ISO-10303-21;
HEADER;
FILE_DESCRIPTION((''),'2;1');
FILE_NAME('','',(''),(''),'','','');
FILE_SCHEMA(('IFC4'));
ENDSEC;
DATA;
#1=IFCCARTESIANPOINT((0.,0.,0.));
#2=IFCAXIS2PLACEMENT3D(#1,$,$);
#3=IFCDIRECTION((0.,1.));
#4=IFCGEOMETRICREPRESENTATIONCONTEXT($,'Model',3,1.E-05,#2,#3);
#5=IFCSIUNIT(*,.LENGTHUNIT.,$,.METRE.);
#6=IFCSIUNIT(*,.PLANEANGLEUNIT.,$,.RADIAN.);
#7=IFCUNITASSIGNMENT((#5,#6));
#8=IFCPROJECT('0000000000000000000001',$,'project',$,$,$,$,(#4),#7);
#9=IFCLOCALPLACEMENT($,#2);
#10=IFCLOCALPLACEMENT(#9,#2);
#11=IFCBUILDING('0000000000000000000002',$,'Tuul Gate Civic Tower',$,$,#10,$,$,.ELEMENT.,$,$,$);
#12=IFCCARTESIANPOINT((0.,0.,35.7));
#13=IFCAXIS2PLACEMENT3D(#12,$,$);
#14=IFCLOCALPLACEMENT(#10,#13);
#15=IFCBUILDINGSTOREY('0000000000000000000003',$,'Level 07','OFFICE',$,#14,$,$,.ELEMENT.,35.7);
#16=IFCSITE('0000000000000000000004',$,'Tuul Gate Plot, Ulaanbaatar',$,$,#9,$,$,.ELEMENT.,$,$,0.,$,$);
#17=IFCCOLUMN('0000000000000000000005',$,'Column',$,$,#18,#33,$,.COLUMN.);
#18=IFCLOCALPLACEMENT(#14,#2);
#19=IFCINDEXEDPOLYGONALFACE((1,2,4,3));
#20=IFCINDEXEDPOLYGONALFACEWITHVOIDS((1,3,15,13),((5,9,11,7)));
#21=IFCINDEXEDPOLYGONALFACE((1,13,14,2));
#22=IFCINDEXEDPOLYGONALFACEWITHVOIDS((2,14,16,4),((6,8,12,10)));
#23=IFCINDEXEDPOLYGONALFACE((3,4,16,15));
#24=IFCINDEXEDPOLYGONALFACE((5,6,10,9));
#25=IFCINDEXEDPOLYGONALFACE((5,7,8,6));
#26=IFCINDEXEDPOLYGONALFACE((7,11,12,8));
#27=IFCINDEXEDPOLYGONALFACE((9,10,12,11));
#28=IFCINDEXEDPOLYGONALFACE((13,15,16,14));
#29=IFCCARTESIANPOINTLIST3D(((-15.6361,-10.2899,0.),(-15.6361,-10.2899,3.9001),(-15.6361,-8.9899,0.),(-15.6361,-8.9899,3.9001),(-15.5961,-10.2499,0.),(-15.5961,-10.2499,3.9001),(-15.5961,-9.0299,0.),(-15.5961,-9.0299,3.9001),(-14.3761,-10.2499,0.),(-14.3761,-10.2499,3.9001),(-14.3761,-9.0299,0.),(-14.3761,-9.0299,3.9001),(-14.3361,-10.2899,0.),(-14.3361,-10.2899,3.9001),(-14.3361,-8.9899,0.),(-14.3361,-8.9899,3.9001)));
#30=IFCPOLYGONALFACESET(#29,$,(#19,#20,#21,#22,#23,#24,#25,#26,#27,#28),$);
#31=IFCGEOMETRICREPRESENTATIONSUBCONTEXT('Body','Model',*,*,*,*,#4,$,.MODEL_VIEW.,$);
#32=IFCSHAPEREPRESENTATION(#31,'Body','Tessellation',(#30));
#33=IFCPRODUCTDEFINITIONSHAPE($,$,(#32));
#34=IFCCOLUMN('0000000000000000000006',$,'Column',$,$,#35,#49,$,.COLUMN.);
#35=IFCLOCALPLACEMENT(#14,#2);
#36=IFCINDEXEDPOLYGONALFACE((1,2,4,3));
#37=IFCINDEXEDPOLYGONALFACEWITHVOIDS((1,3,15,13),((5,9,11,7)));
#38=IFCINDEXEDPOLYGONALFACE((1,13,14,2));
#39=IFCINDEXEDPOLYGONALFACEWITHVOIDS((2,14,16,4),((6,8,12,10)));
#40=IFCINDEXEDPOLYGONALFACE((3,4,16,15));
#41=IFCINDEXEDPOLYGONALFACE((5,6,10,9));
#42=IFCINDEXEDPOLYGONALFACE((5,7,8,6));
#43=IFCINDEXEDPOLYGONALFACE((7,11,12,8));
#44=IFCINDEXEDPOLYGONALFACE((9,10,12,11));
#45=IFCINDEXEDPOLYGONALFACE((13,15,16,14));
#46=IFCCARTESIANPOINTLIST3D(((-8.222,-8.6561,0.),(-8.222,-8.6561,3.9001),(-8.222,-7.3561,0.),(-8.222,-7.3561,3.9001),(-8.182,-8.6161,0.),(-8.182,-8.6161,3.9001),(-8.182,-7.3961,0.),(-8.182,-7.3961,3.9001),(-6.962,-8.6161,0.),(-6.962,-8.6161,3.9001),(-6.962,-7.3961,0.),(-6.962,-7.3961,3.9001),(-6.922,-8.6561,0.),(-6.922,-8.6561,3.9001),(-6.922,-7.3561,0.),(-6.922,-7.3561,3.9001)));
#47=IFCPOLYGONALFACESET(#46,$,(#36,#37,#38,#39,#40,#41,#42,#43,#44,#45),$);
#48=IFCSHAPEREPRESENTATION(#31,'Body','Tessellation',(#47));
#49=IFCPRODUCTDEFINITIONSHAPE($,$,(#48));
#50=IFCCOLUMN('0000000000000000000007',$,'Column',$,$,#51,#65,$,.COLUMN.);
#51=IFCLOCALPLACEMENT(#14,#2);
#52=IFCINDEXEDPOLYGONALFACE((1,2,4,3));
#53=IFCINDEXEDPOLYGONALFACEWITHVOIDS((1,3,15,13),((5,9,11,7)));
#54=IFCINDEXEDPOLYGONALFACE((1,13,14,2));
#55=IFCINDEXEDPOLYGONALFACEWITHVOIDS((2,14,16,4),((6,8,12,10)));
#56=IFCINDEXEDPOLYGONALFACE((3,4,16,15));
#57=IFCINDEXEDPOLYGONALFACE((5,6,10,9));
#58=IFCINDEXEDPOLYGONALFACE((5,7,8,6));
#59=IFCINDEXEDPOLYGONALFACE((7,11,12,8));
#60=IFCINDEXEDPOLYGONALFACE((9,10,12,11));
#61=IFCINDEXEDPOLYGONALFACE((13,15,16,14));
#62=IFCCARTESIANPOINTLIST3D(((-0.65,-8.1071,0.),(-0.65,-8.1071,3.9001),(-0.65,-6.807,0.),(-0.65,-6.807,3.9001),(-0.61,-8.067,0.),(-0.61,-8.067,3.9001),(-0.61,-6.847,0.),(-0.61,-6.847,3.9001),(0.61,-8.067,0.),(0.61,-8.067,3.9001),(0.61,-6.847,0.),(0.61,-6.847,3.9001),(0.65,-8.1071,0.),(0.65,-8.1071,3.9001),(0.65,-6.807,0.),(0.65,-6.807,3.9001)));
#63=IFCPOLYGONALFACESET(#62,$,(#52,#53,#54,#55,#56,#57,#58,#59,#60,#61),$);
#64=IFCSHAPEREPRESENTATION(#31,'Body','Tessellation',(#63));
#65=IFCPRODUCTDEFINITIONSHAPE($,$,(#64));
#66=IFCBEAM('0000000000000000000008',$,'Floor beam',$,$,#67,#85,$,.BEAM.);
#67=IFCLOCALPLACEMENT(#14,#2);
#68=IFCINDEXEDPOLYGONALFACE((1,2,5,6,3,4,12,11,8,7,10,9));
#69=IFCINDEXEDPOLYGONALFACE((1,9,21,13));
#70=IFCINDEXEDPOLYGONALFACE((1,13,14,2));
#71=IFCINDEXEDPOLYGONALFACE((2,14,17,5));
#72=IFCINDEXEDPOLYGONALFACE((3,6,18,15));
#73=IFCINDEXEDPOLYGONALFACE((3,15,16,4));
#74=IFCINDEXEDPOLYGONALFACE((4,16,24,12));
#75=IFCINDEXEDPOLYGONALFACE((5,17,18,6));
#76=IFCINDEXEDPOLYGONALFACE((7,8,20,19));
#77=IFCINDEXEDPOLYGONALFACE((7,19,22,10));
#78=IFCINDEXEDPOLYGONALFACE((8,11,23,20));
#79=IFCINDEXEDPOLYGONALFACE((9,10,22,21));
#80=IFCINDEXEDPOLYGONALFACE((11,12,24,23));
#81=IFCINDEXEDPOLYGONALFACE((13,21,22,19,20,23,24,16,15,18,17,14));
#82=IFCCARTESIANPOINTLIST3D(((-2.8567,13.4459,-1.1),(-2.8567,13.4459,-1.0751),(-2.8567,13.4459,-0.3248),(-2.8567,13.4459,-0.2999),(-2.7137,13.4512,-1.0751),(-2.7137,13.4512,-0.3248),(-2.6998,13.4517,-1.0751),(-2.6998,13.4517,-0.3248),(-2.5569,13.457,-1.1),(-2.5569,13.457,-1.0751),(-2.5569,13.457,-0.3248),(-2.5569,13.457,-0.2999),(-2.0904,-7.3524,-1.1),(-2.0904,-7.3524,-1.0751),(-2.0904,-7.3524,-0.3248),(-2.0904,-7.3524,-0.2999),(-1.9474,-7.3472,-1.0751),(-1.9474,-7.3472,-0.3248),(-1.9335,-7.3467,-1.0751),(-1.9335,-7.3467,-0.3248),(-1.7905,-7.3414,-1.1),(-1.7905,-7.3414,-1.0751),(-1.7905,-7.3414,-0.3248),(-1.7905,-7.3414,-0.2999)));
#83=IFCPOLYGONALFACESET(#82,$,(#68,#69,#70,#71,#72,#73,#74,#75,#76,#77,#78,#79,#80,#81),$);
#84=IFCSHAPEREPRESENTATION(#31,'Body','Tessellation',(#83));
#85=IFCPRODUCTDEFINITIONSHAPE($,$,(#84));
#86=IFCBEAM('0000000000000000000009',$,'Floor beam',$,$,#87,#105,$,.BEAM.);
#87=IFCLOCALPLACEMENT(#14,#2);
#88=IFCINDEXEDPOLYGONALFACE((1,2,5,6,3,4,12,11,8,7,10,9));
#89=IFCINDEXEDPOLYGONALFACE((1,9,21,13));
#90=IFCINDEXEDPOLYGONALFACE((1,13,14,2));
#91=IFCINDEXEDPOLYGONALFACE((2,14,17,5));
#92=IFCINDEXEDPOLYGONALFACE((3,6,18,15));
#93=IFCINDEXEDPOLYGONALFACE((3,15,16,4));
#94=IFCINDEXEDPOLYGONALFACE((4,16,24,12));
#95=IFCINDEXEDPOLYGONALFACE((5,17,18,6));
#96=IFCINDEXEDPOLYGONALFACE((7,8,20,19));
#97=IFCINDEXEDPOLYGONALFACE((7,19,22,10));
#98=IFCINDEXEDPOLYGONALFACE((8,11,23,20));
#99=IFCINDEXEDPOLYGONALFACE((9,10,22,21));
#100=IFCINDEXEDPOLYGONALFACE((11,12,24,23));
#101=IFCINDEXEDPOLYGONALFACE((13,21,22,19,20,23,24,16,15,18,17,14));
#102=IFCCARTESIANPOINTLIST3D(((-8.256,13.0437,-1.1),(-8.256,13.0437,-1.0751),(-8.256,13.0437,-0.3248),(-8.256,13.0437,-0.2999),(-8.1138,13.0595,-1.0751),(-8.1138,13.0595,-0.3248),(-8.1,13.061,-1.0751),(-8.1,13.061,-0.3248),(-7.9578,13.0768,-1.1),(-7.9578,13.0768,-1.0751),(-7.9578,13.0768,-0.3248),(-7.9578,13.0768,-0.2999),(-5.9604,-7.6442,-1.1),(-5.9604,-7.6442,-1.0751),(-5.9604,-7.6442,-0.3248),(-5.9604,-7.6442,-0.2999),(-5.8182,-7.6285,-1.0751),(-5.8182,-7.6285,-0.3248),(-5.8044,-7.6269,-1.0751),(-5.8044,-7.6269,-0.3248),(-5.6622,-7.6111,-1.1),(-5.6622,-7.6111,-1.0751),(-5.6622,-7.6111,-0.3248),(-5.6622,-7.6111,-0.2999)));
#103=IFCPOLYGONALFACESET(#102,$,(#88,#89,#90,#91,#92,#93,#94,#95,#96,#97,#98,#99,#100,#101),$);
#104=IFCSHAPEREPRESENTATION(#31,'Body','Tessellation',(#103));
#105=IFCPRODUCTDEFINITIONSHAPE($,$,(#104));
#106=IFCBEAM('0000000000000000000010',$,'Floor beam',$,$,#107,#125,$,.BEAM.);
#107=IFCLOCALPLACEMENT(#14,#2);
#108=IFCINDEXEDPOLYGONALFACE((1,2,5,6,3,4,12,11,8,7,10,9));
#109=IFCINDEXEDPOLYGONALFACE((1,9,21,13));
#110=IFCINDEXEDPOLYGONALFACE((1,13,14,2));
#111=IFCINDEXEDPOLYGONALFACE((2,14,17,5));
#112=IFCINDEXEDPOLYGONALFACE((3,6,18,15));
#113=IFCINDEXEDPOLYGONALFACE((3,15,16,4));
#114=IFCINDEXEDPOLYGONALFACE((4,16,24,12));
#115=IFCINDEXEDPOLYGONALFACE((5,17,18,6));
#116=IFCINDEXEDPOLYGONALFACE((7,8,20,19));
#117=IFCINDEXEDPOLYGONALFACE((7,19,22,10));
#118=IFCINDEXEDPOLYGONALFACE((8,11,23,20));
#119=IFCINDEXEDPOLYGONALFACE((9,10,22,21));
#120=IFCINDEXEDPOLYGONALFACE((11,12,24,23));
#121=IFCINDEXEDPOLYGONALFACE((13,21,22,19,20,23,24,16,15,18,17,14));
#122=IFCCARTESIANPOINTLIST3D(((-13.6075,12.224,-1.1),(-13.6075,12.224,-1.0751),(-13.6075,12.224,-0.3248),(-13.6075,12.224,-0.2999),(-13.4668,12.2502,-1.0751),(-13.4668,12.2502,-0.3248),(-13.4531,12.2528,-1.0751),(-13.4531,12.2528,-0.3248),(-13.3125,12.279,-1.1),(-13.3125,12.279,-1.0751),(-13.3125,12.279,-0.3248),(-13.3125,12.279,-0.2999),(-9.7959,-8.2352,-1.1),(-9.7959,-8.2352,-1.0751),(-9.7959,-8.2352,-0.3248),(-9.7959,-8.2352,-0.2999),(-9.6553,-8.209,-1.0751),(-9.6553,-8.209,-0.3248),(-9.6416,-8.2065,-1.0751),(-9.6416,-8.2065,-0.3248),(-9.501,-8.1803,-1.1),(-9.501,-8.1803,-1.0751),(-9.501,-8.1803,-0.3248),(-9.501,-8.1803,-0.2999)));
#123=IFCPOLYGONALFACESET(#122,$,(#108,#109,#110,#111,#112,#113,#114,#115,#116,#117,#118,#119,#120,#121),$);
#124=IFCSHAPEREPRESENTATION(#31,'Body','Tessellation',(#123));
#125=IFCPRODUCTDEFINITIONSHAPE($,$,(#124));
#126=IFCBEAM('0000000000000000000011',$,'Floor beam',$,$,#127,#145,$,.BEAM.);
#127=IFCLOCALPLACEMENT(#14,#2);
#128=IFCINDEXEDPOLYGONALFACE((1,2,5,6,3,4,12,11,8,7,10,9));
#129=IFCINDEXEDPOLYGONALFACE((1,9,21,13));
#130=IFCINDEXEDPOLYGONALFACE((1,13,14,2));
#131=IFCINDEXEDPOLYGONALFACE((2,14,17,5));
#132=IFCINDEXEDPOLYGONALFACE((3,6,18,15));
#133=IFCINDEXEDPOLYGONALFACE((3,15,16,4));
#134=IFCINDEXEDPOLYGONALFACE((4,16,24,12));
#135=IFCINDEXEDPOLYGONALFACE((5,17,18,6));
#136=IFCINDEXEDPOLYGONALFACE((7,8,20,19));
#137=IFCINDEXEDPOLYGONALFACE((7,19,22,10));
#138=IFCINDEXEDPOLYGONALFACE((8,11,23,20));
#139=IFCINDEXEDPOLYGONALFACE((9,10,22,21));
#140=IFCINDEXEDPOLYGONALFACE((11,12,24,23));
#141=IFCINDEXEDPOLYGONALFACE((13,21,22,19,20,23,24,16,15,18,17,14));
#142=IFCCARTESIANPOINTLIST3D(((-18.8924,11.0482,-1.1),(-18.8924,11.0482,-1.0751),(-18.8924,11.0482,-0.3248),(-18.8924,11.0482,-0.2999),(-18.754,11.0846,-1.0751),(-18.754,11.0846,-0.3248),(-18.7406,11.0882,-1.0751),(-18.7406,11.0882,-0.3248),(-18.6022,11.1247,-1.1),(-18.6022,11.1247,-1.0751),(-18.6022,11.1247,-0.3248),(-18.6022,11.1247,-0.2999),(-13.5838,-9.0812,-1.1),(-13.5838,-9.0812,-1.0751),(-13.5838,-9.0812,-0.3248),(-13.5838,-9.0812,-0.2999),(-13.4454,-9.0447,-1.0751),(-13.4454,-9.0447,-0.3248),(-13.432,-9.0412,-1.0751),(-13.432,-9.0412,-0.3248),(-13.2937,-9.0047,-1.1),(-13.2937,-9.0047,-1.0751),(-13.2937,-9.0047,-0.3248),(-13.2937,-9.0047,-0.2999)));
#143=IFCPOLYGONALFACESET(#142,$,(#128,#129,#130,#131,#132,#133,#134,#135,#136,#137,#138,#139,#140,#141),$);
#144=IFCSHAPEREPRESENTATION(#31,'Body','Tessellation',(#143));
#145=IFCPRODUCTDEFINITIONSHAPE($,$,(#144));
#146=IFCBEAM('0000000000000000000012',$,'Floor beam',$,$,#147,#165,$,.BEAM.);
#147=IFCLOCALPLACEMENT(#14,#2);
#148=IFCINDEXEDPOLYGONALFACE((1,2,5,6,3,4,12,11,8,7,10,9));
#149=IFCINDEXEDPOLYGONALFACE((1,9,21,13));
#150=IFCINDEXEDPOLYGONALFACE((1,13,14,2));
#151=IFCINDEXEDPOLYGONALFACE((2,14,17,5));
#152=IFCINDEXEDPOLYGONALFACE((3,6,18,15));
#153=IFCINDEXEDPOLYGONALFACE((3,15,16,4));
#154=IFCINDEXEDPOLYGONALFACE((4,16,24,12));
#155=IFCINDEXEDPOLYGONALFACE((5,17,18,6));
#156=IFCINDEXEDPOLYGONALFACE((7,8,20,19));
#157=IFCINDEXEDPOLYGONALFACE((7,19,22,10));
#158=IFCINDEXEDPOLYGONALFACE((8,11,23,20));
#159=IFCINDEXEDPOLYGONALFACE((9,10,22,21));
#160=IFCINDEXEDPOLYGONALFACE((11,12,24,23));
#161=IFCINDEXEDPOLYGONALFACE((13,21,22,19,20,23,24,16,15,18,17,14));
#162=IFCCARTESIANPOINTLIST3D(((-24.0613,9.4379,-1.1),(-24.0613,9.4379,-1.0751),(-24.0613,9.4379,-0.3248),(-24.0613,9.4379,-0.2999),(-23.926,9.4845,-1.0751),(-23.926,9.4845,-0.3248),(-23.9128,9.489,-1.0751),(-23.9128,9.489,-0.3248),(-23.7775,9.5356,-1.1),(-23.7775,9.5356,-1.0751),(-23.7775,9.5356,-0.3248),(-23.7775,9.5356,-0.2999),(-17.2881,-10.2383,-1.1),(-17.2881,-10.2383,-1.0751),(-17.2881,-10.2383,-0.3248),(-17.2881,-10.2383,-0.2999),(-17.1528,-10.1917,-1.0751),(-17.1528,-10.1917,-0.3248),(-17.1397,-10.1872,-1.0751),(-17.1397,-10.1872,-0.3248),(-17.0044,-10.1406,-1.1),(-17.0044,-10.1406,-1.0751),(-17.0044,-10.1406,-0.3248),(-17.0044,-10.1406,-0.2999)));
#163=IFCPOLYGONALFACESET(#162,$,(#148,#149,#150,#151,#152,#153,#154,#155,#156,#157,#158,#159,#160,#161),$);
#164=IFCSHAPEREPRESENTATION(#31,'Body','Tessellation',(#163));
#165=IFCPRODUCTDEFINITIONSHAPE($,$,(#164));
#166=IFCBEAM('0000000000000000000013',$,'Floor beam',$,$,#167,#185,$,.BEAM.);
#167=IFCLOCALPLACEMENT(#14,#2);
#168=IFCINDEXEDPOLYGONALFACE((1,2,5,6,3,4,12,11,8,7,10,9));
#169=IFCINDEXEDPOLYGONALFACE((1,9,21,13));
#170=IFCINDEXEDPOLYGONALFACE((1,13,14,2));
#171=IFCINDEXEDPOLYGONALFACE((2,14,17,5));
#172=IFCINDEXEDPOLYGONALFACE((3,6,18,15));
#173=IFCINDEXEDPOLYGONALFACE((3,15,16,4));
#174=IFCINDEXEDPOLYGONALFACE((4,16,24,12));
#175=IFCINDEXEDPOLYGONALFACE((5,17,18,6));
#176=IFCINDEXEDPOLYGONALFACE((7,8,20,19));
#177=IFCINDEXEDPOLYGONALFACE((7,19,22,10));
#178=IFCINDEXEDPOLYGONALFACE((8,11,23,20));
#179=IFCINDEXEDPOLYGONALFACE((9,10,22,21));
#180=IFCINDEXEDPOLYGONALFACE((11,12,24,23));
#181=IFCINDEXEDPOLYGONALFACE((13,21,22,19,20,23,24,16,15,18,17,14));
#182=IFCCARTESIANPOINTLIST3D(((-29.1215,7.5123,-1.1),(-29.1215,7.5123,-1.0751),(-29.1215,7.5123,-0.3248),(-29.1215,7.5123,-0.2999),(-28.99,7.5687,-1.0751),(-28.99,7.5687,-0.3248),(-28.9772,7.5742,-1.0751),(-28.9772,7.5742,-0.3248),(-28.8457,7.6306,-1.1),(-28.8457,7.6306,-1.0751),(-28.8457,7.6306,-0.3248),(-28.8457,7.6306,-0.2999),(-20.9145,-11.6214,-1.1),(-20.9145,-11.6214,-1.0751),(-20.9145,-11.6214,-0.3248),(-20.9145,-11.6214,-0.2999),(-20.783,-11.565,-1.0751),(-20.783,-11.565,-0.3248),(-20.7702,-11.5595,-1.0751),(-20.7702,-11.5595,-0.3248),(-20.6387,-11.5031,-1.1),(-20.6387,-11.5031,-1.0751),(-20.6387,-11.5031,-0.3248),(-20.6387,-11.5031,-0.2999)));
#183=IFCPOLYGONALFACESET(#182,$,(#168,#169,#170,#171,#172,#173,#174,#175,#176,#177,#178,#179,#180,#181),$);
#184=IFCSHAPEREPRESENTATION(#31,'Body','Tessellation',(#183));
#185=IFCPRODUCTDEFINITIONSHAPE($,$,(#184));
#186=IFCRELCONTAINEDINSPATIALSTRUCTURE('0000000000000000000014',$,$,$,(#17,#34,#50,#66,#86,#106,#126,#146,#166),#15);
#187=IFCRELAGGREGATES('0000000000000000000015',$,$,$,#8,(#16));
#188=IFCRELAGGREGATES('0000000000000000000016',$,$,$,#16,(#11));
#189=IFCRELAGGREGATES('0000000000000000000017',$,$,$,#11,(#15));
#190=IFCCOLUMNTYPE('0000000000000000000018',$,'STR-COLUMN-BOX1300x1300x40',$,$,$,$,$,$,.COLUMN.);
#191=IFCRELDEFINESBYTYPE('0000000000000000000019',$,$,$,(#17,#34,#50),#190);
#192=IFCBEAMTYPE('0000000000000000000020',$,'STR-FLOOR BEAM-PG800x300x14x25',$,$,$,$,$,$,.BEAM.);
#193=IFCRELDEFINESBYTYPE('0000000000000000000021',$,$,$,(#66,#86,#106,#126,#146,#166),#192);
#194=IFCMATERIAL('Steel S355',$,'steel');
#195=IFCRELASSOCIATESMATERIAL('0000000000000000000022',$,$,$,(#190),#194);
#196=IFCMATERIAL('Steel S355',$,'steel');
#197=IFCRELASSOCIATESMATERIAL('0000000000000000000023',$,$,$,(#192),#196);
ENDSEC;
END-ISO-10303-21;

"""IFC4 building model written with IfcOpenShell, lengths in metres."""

from ifc_helpers import new_model, si_unit, direction, frame, origin, origin_2d, place, context, subcontext, project, spatial, hollow_rectangle, i_section, extrude, material, material_profile, profile_set, type_object, element, save


model = new_model("IFC4")

# Units and contexts
model_context = context("Model", 3, precision=1e-05, world=origin(), true_north=direction((0.0, 1.0)))
body_context = subcontext(model_context, "Body", "Model", "MODEL_VIEW")
ifc_project = project(units=[si_unit("LENGTHUNIT", "METRE"), si_unit("PLANEANGLEUNIT", "RADIAN")], contexts=[model_context])

# Site, building, storey
site_placement = place(None, origin())
site = spatial("IfcSite", under=ifc_project, at=site_placement, Name="Tuul Gate Plot, Ulaanbaatar", CompositionType="ELEMENT", RefElevation=0.0)
building_placement = place(site_placement, origin())
building = spatial("IfcBuilding", under=site, at=building_placement, Name="Tuul Gate Civic Tower", CompositionType="ELEMENT")
storey_placement = place(building_placement, frame((0.0, 0.0, 35.7)))
storey = spatial("IfcBuildingStorey", under=building, at=storey_placement, Name="Level 07", Description="OFFICE", CompositionType="ELEMENT", Elevation=35.7)

# Columns
ifc_material_1 = material(Name="Steel S355", Category="steel")
ifc_material_profile_1 = material_profile(ifc_material_1, hollow_rectangle(XDim=1.3, YDim=1.3, WallThickness=0.04, at=origin_2d()), Name="BOX1300x1300x40")
ifc_profile_set_1 = profile_set([ifc_material_profile_1], Name="Steel S355")
column_type = type_object("IfcColumnType", Name="STR-COLUMN-BOX1300x1300x40", PredefinedType="COLUMN", material=ifc_profile_set_1)
for number, where, z_axis, x_axis, name in (
    (1, (-14.9861, -9.6399, 0.0), (0.0, 0.0, 1.0), (1.0, 0.0, 0.0), "Column"),
    (2, (-7.572, -8.0061, 0.0), (0.0, 0.0, 1.0), (1.0, 0.0, 0.0), "Column"),
    (3, (0.0, -7.457, 0.0), (0.0, 0.0, 1.0), (1.0, 0.0, 0.0), "Column"),
):
    element("IfcColumn", number, at=place(storey_placement, frame(where, z_axis=z_axis, x_axis=x_axis)), inside=storey, type_object=column_type, Name=name, PredefinedType="COLUMN", context=body_context, shape_type="SweptSolid", body=[
        extrude(hollow_rectangle(XDim=1.3, YDim=1.3, WallThickness=0.04, at=origin_2d()), origin(), (0.0, 0.0, 1.0), 3.9001),
    ])

# Beams
ifc_material_2 = material(Name="Steel S355", Category="steel")
ifc_material_profile_2 = material_profile(ifc_material_2, i_section(OverallWidth=0.3, OverallDepth=0.8, WebThickness=0.0139, FlangeThickness=0.0249, at=origin_2d()), Name="PG800x300x14x25")
ifc_profile_set_2 = profile_set([ifc_material_profile_2], Name="Steel S355")
beam_type_1 = type_object("IfcBeamType", Name="STR-FLOOR BEAM-PG800x300x14x25", PredefinedType="BEAM", material=ifc_profile_set_2)
beam_1_placement = place(storey_placement, frame((-1.9404, -7.3469, -0.7), z_axis=(-0.036822, 0.999322, 0.0), x_axis=(-0.999322, -0.036822, 0.0)))
element("IfcBeam", 4, at=beam_1_placement, inside=storey, type_object=beam_type_1, Name="Floor beam", PredefinedType="BEAM", context=body_context, shape_type="SweptSolid", body=[
    extrude(i_section(OverallWidth=0.3, OverallDepth=0.8, WebThickness=0.0139, FlangeThickness=0.0249, at=origin_2d()), origin(), (0.0, 0.0, 1.0), 20.8125),
])
beam_2_placement = place(storey_placement, frame((-5.8113, -7.6277, -0.7), z_axis=(-0.110289, 0.9939, 0.0), x_axis=(-0.9939, -0.110289, 0.0)))
element("IfcBeam", 5, at=beam_2_placement, inside=storey, type_object=beam_type_1, Name="Floor beam", PredefinedType="BEAM", context=body_context, shape_type="SweptSolid", body=[
    extrude(i_section(OverallWidth=0.3, OverallDepth=0.8, WebThickness=0.0139, FlangeThickness=0.0249, at=origin_2d()), origin(), (0.0, 0.0, 1.0), 20.8149),
])
beam_3_placement = place(storey_placement, frame((-9.6484, -8.2078, -0.7), z_axis=(-0.183147, 0.983085, 0.0), x_axis=(-0.983085, -0.183147, 0.0)))
element("IfcBeam", 6, at=beam_3_placement, inside=storey, type_object=beam_type_1, Name="Floor beam", PredefinedType="BEAM", context=body_context, shape_type="SweptSolid", body=[
    extrude(i_section(OverallWidth=0.3, OverallDepth=0.8, WebThickness=0.0139, FlangeThickness=0.0249, at=origin_2d()), origin(), (0.0, 0.0, 1.0), 20.8113),
])
beam_4_placement = place(storey_placement, frame((-13.4387, -9.043, -0.7), z_axis=(-0.255005, 0.96694, 0.0), x_axis=(-0.96694, -0.255005, 0.0)))
element("IfcBeam", 7, at=beam_4_placement, inside=storey, type_object=beam_type_1, Name="Floor beam", PredefinedType="BEAM", context=body_context, shape_type="SweptSolid", body=[
    extrude(i_section(OverallWidth=0.3, OverallDepth=0.8, WebThickness=0.0139, FlangeThickness=0.0249, at=origin_2d()), origin(), (0.0, 0.0, 1.0), 20.8176),
])
beam_5_placement = place(storey_placement, frame((-17.1462, -10.1895, -0.7), z_axis=(-0.325487, 0.945547, 0.0), x_axis=(-0.945547, -0.325487, 0.0)))
element("IfcBeam", 8, at=beam_5_placement, inside=storey, type_object=beam_type_1, Name="Floor beam", PredefinedType="BEAM", context=body_context, shape_type="SweptSolid", body=[
    extrude(i_section(OverallWidth=0.3, OverallDepth=0.8, WebThickness=0.0139, FlangeThickness=0.0249, at=origin_2d()), origin(), (0.0, 0.0, 1.0), 20.8093),
])
beam_6_placement = place(storey_placement, frame((-20.7766, -11.5623, -0.7), z_axis=(-0.394197, 0.919026, 0.0), x_axis=(-0.919026, -0.394197, 0.0)))
element("IfcBeam", 9, at=beam_6_placement, inside=storey, type_object=beam_type_1, Name="Floor beam", PredefinedType="BEAM", context=body_context, shape_type="SweptSolid", body=[
    extrude(i_section(OverallWidth=0.3, OverallDepth=0.8, WebThickness=0.0139, FlangeThickness=0.0249, at=origin_2d()), origin(), (0.0, 0.0, 1.0), 20.8196),
])

save(model, "model.ifc")
